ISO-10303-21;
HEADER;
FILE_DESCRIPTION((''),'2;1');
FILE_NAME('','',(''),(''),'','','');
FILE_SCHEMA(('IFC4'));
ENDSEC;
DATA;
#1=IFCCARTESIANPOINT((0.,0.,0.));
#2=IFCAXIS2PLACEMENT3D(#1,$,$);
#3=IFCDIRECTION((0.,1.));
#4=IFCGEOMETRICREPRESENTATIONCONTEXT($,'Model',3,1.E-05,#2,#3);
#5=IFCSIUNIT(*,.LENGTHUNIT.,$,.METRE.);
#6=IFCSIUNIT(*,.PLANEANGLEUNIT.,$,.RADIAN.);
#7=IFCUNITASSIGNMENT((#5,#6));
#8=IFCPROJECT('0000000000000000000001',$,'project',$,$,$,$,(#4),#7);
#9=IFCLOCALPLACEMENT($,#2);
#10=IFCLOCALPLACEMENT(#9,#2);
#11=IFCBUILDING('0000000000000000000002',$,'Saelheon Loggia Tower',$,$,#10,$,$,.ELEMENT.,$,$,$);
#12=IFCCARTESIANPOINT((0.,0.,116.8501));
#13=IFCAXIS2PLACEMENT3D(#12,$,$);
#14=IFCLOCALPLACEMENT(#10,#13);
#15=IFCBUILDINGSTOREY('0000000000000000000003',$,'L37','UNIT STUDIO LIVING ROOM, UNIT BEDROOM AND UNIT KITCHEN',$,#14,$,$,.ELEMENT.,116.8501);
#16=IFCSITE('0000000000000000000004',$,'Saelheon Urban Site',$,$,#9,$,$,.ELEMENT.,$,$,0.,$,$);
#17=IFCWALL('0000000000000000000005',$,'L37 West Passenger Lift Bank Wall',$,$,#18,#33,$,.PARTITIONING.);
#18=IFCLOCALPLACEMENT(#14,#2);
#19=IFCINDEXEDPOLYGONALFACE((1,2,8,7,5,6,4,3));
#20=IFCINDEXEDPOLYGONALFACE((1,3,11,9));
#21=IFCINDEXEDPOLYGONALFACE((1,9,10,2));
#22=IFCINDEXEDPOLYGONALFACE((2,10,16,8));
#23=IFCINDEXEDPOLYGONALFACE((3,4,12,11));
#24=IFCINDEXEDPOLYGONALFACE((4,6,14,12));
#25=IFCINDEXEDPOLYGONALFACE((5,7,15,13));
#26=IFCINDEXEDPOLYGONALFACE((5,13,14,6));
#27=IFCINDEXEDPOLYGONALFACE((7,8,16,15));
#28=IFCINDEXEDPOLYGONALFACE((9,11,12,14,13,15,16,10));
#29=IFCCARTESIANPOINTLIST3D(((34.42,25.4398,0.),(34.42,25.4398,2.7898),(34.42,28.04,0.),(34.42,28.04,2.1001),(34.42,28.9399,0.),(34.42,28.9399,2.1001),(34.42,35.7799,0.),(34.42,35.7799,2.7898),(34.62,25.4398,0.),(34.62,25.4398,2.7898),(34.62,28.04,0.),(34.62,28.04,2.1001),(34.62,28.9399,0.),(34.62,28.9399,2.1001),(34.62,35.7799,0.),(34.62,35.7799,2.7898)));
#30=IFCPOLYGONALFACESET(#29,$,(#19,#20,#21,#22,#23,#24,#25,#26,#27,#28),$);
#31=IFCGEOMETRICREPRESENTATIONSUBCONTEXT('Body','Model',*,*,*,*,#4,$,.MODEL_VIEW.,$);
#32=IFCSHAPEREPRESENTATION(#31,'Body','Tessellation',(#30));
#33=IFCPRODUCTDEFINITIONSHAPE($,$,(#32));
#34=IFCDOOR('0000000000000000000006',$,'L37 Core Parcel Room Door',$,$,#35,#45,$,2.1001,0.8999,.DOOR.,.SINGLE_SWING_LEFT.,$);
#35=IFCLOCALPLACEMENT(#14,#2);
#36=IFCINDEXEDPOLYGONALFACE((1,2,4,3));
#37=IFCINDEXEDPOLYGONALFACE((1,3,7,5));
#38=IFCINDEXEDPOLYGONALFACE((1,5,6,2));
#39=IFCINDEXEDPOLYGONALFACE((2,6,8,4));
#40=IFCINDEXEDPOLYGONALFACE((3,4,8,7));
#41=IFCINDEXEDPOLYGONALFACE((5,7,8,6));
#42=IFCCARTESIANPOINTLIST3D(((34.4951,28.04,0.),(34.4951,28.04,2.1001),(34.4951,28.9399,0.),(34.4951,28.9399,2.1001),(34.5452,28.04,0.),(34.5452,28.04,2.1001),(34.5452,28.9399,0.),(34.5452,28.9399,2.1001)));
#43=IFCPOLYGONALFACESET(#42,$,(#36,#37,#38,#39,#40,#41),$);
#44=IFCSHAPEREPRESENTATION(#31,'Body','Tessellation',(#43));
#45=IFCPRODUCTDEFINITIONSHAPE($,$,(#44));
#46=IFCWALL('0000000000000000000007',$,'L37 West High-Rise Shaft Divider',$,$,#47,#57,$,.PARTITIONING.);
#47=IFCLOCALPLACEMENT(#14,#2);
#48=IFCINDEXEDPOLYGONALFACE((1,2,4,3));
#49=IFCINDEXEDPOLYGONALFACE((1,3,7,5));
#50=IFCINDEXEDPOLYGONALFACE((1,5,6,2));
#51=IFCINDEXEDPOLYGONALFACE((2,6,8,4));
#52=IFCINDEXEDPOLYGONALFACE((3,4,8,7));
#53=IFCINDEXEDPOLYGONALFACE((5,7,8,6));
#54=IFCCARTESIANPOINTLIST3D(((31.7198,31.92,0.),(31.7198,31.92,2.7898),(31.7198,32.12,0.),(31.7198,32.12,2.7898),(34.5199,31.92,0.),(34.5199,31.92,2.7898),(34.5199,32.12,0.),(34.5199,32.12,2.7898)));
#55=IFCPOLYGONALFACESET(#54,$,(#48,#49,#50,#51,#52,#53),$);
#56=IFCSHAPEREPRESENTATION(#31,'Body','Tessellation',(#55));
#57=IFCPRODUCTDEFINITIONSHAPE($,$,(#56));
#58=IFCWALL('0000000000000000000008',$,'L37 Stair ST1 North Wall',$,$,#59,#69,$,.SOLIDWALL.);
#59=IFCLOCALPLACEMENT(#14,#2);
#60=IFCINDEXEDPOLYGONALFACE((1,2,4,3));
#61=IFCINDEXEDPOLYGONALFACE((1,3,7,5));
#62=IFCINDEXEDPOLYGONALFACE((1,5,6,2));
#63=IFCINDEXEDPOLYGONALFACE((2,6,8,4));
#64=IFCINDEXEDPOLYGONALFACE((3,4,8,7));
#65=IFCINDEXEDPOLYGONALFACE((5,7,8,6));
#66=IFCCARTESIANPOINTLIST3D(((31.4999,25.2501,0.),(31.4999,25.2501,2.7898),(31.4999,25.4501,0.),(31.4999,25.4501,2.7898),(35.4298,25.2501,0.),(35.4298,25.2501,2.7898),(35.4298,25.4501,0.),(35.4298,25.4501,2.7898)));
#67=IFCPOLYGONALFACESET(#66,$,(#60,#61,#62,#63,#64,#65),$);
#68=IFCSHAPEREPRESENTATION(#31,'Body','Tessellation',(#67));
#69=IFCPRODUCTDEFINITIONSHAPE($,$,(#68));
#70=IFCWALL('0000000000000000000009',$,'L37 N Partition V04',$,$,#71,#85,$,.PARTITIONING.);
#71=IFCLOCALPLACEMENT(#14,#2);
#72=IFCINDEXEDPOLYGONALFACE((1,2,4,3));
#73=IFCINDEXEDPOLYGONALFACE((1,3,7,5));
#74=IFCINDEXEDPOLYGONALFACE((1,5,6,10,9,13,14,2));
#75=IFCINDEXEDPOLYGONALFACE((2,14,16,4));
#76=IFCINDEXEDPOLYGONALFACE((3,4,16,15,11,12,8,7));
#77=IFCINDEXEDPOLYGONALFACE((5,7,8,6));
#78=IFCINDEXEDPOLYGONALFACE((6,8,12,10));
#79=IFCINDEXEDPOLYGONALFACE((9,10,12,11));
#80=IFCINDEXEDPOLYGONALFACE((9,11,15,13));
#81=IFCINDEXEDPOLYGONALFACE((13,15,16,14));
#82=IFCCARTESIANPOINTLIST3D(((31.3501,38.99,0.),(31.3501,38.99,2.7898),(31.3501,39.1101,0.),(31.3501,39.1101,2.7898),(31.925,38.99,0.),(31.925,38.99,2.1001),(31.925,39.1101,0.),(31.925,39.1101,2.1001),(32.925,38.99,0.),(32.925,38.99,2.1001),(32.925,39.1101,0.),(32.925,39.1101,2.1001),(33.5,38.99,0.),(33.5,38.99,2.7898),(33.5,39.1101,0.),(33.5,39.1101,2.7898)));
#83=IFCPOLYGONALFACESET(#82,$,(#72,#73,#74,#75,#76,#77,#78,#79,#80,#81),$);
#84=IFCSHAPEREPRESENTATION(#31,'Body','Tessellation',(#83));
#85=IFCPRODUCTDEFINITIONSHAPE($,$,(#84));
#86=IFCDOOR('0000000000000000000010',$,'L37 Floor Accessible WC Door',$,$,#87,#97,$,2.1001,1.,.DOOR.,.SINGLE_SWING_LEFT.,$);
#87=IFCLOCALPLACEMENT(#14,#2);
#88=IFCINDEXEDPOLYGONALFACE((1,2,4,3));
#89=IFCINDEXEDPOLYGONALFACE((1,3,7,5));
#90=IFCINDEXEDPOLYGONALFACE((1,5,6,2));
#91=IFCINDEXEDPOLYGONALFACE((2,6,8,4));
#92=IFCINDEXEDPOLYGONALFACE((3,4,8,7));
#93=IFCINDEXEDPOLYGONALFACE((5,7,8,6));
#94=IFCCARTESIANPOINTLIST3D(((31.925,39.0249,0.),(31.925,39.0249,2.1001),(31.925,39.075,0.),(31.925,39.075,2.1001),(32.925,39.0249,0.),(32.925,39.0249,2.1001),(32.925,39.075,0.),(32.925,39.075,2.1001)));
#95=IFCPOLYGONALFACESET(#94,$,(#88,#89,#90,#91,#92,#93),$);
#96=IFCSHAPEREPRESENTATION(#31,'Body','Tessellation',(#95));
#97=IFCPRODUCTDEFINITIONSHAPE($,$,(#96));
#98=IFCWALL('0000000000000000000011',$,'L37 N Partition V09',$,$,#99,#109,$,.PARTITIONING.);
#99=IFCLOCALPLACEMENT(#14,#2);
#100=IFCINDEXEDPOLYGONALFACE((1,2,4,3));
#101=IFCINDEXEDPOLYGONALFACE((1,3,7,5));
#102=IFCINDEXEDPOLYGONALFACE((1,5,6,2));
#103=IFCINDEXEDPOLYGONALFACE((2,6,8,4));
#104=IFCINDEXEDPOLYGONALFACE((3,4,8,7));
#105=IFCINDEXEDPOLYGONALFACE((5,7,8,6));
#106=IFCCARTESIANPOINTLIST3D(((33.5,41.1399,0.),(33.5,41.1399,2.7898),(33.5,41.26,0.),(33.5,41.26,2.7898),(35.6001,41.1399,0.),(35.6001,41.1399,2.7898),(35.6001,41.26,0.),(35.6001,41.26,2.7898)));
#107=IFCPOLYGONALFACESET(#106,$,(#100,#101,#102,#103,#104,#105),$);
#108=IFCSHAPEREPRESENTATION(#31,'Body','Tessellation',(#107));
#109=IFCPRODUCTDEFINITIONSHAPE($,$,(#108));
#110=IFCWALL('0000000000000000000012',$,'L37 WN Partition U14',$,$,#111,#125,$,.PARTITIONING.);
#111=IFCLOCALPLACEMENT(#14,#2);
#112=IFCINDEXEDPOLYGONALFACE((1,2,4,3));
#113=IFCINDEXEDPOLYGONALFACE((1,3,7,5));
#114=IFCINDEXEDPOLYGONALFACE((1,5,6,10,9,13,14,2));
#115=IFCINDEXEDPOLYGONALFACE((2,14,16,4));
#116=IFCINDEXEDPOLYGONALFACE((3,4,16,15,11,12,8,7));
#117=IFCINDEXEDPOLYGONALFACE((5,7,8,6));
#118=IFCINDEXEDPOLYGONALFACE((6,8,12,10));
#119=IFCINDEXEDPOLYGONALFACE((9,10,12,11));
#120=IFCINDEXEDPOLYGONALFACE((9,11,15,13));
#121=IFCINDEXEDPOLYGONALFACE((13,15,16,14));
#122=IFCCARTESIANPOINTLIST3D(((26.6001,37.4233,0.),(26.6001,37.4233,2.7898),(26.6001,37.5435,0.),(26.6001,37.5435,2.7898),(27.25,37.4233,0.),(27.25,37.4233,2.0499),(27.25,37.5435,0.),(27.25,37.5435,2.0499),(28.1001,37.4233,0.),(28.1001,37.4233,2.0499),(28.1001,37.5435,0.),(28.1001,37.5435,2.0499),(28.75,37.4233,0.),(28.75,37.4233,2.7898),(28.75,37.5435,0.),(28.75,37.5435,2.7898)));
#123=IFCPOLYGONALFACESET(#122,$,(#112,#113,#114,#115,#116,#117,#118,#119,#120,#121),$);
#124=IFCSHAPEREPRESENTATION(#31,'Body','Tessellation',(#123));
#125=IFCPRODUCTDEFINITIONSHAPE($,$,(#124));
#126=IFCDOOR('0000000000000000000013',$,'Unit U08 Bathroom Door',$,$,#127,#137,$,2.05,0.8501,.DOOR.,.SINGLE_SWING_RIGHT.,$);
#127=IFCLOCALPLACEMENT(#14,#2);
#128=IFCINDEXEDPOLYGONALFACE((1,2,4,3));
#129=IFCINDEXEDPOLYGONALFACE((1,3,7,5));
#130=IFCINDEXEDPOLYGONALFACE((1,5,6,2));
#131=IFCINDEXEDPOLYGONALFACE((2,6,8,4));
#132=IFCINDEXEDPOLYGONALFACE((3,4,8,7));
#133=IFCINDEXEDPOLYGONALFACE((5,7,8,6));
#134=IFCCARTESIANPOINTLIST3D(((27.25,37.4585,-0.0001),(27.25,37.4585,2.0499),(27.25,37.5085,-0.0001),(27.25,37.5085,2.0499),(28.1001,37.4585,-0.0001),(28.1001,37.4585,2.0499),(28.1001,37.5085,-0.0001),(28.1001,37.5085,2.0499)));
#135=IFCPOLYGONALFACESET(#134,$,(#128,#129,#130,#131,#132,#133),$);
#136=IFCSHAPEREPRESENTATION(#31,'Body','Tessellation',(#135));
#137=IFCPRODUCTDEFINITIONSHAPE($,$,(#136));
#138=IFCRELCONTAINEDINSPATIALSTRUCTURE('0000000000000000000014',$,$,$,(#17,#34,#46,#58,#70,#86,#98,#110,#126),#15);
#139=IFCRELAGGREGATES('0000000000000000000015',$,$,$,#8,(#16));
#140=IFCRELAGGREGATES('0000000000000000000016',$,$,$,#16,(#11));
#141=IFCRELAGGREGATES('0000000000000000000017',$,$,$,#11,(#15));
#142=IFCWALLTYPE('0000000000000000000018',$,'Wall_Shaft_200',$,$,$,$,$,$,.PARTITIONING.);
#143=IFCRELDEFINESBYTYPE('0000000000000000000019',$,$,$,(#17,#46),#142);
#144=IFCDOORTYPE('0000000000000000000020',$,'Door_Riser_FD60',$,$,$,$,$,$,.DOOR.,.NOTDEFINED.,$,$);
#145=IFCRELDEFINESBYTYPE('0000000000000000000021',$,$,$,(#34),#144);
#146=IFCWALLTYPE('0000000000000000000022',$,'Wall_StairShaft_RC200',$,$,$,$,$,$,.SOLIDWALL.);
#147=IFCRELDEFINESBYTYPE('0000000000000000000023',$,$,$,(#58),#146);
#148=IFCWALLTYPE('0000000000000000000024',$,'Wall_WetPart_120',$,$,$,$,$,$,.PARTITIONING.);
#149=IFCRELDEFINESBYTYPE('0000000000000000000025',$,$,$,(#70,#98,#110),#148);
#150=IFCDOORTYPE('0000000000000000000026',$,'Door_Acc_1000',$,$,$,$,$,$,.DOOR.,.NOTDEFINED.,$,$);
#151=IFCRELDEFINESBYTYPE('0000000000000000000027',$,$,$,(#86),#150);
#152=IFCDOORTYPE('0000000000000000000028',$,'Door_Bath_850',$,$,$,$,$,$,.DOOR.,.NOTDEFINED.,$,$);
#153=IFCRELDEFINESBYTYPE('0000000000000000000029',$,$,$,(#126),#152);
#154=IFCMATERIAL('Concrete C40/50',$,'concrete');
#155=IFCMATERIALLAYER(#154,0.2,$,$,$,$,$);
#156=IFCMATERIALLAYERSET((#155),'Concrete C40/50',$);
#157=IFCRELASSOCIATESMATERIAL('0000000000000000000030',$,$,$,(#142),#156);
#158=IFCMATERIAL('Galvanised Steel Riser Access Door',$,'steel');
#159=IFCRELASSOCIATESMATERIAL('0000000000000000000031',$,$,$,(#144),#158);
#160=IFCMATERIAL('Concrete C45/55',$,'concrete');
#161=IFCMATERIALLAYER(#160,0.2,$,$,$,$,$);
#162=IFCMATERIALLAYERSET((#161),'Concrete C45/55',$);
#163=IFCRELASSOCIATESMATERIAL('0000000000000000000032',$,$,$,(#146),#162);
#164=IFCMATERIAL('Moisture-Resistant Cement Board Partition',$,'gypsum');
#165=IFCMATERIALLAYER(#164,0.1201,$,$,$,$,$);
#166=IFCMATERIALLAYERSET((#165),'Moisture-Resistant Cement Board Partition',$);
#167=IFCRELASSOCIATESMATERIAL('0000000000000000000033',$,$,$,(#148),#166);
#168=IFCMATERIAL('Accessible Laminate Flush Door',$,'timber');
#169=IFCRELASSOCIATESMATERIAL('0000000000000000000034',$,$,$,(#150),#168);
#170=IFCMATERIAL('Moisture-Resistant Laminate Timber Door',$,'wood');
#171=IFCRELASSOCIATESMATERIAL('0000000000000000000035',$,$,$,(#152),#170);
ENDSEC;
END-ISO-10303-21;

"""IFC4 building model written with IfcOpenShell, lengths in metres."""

from ifc_helpers import new_model, si_unit, direction, frame, frame_2d, origin, place, context, subcontext, project, spatial, rectangle, extrude, source, transform, mapped, material, layer, layer_set, type_object, element, fill, save


model = new_model("IFC4")

# Units and contexts
model_context = context("Model", 3, precision=1e-05, world=origin(), true_north=direction((0.0, 1.0)))
body_context = subcontext(model_context, "Body", "Model", "MODEL_VIEW")
ifc_project = project(units=[si_unit("LENGTHUNIT", "METRE"), si_unit("PLANEANGLEUNIT", "RADIAN")], contexts=[model_context])

# Site, building, storey
site_placement = place(None, origin())
site = spatial("IfcSite", under=ifc_project, at=site_placement, Name="Saelheon Urban Site", CompositionType="ELEMENT", RefElevation=0.0)
building_placement = place(site_placement, origin())
building = spatial("IfcBuilding", under=site, at=building_placement, Name="Saelheon Loggia Tower", CompositionType="ELEMENT")
storey_placement = place(building_placement, frame((0.0, 0.0, 116.8501)))
storey = spatial("IfcBuildingStorey", under=building, at=storey_placement, Name="L37", Description="UNIT STUDIO LIVING ROOM, UNIT BEDROOM AND UNIT KITCHEN", CompositionType="ELEMENT", Elevation=116.8501)

# Shared definitions
ifc_material_1 = material(Name="Concrete C40/50", Category="concrete")

# Wall, opening, door
ifc_layer_1 = layer(ifc_material_1, 0.2)
ifc_layer_set_1 = layer_set([ifc_layer_1], Name="Concrete C40/50")
wall_type_1 = type_object("IfcWallType", Name="Wall_Shaft_200", PredefinedType="PARTITIONING", material=ifc_layer_set_1)
wall_1_placement = place(storey_placement, frame((34.52, 25.4399, 0.0), z_axis=(0.0, 0.0, 1.0), x_axis=(0.0, 1.0, 0.0)))
wall_1 = element("IfcWall", 1, at=wall_1_placement, inside=storey, type_object=wall_type_1, Name="L37 West Passenger Lift Bank Wall", PredefinedType="PARTITIONING", context=body_context, shape_type="SweptSolid", body=[
    extrude(rectangle(XDim=10.3401, YDim=0.2, at=frame_2d((5.1699, 0.0))), origin(), (0.0, 0.0, 1.0), 2.7898),
])
opening_1_placement = place(wall_1_placement, frame((2.6001, 0.0, 0.0)))
opening_1 = element("IfcOpeningElement", 2, at=opening_1_placement, cuts=wall_1, PredefinedType="OPENING", context=body_context, shape_type="SweptSolid", body=[
    extrude(rectangle(XDim=0.8999, YDim=2.1001, at=frame_2d((0.45, 1.05))), frame((0.0, 0.1121, 0.0), z_axis=(0.0, -1.0, 0.0), x_axis=(1.0, 0.0, 0.0)), (0.0, 0.0, 1.0), 0.2239),
])
ifc_material_2 = material(Name="Galvanised Steel Riser Access Door", Category="steel")
door_type_1 = type_object("IfcDoorType", Name="Door_Riser_FD60", OperationType="NOTDEFINED", PredefinedType="DOOR", material=ifc_material_2)
shared_shape_1 = source(origin(), body_context, "Body", "SweptSolid", [
    extrude(rectangle(XDim=0.8999, YDim=2.1001, at=frame_2d((0.45, 1.05))), frame((0.0, 0.0249, 0.0), z_axis=(0.0, -1.0, 0.0), x_axis=(1.0, 0.0, 0.0)), (0.0, 0.0, 1.0), 0.05),
])
door_1_placement = place(opening_1_placement, origin())
door_1 = element("IfcDoor", 3, at=door_1_placement, inside=storey, type_object=door_type_1, Name="L37 Core Parcel Room Door", OperationType="SINGLE_SWING_LEFT", OverallHeight=2.1001, OverallWidth=0.8999, PredefinedType="DOOR", context=body_context, shape_type="MappedRepresentation", body=[
    mapped(shared_shape_1, transform((0.0, 0.0, 0.0), scale=1.0)),
])
fill(opening_1, door_1)

# Walls
wall_2_placement = place(storey_placement, frame((31.72, 32.02, 0.0), z_axis=(0.0, 0.0, 1.0), x_axis=(1.0, 0.0, 0.0)))
element("IfcWall", 4, at=wall_2_placement, inside=storey, type_object=wall_type_1, Name="L37 West High-Rise Shaft Divider", PredefinedType="PARTITIONING", context=body_context, shape_type="SweptSolid", body=[
    extrude(rectangle(XDim=2.8, YDim=0.2, at=frame_2d((1.3999, 0.0))), origin(), (0.0, 0.0, 1.0), 2.7898),
])
ifc_material_3 = material(Name="Concrete C45/55", Category="concrete")
ifc_layer_2 = layer(ifc_material_3, 0.2)
ifc_layer_set_2 = layer_set([ifc_layer_2], Name="Concrete C45/55")
wall_type_2 = type_object("IfcWallType", Name="Wall_StairShaft_RC200", PredefinedType="SOLIDWALL", material=ifc_layer_set_2)
wall_3_placement = place(storey_placement, frame((31.5, 25.3501, 0.0), z_axis=(0.0, 0.0, 1.0), x_axis=(1.0, 0.0, 0.0)))
element("IfcWall", 5, at=wall_3_placement, inside=storey, type_object=wall_type_2, Name="L37 Stair ST1 North Wall", PredefinedType="SOLIDWALL", context=body_context, shape_type="SweptSolid", body=[
    extrude(rectangle(XDim=3.9299, YDim=0.2, at=frame_2d((1.9648, 0.0))), origin(), (0.0, 0.0, 1.0), 2.7898),
])

# Wall, opening, door
ifc_material_4 = material(Name="Moisture-Resistant Cement Board Partition", Category="gypsum")
ifc_layer_3 = layer(ifc_material_4, 0.1201)
ifc_layer_set_3 = layer_set([ifc_layer_3], Name="Moisture-Resistant Cement Board Partition")
wall_type_3 = type_object("IfcWallType", Name="Wall_WetPart_120", PredefinedType="PARTITIONING", material=ifc_layer_set_3)
wall_4_placement = place(storey_placement, frame((31.3501, 39.05, 0.0), z_axis=(0.0, 0.0, 1.0), x_axis=(1.0, 0.0, 0.0)))
wall_4 = element("IfcWall", 6, at=wall_4_placement, inside=storey, type_object=wall_type_3, Name="L37 N Partition V04", PredefinedType="PARTITIONING", context=body_context, shape_type="SweptSolid", body=[
    extrude(rectangle(XDim=2.1499, YDim=0.1201, at=frame_2d((1.075, 0.0))), origin(), (0.0, 0.0, 1.0), 2.7898),
])
opening_2_placement = place(wall_4_placement, frame((0.575, 0.0, 0.0)))
opening_2 = element("IfcOpeningElement", 7, at=opening_2_placement, cuts=wall_4, PredefinedType="OPENING", context=body_context, shape_type="SweptSolid", body=[
    extrude(rectangle(XDim=1.0, YDim=2.1001, at=frame_2d((0.5, 1.05))), frame((0.0, 0.072, 0.0), z_axis=(0.0, -1.0, 0.0), x_axis=(1.0, 0.0, 0.0)), (0.0, 0.0, 1.0), 0.144),
])
ifc_material_5 = material(Name="Accessible Laminate Flush Door", Category="timber")
door_type_2 = type_object("IfcDoorType", Name="Door_Acc_1000", OperationType="NOTDEFINED", PredefinedType="DOOR", material=ifc_material_5)
shared_shape_2 = source(origin(), body_context, "Body", "SweptSolid", [
    extrude(rectangle(XDim=1.0, YDim=2.1001, at=frame_2d((0.5, 1.05))), frame((0.0, 0.0249, 0.0), z_axis=(0.0, -1.0, 0.0), x_axis=(1.0, 0.0, 0.0)), (0.0, 0.0, 1.0), 0.05),
])
door_2_placement = place(opening_2_placement, origin())
door_2 = element("IfcDoor", 8, at=door_2_placement, inside=storey, type_object=door_type_2, Name="L37 Floor Accessible WC Door", OperationType="SINGLE_SWING_LEFT", OverallHeight=2.1001, OverallWidth=1.0, PredefinedType="DOOR", context=body_context, shape_type="MappedRepresentation", body=[
    mapped(shared_shape_2, transform((0.0, 0.0, 0.0), scale=1.0)),
])
fill(opening_2, door_2)

# Wall
wall_5_placement = place(storey_placement, frame((33.5, 41.2, 0.0), z_axis=(0.0, 0.0, 1.0), x_axis=(1.0, 0.0, 0.0)))
element("IfcWall", 9, at=wall_5_placement, inside=storey, type_object=wall_type_3, Name="L37 N Partition V09", PredefinedType="PARTITIONING", context=body_context, shape_type="SweptSolid", body=[
    extrude(rectangle(XDim=2.1001, YDim=0.1201, at=frame_2d((1.05, 0.0))), origin(), (0.0, 0.0, 1.0), 2.7898),
])

# Wall, opening, door
wall_6_placement = place(storey_placement, frame((28.75, 37.4834, 0.0), z_axis=(0.0, 0.0, 1.0), x_axis=(-1.0, 0.0, 0.0)))
wall_6 = element("IfcWall", 10, at=wall_6_placement, inside=storey, type_object=wall_type_3, Name="L37 WN Partition U14", PredefinedType="PARTITIONING", context=body_context, shape_type="SweptSolid", body=[
    extrude(rectangle(XDim=2.1499, YDim=0.1201, at=frame_2d((1.075, 0.0))), origin(), (0.0, 0.0, 1.0), 2.7898),
])
opening_3_placement = place(wall_6_placement, frame((0.6499, 0.0, 0.0)))
opening_3 = element("IfcOpeningElement", 11, at=opening_3_placement, cuts=wall_6, PredefinedType="OPENING", context=body_context, shape_type="SweptSolid", body=[
    extrude(rectangle(XDim=0.8501, YDim=2.05, at=frame_2d((0.425, 1.0249))), frame((0.0, 0.072, 0.0), z_axis=(0.0, -1.0, 0.0), x_axis=(1.0, 0.0, 0.0)), (0.0, 0.0, 1.0), 0.144),
])
ifc_material_6 = material(Name="Moisture-Resistant Laminate Timber Door", Category="wood")
door_type_3 = type_object("IfcDoorType", Name="Door_Bath_850", OperationType="NOTDEFINED", PredefinedType="DOOR", material=ifc_material_6)
shared_shape_3 = source(origin(), body_context, "Body", "SweptSolid", [
    extrude(rectangle(XDim=0.8501, YDim=2.05, at=frame_2d((0.425, 1.0249))), frame((0.0, 0.0249, 0.0), z_axis=(0.0, -1.0, 0.0), x_axis=(1.0, 0.0, 0.0)), (0.0, 0.0, 1.0), 0.05),
])
door_3_placement = place(opening_3_placement, origin())
door_3 = element("IfcDoor", 12, at=door_3_placement, inside=storey, type_object=door_type_3, Name="Unit U08 Bathroom Door", OperationType="SINGLE_SWING_RIGHT", OverallHeight=2.05, OverallWidth=0.8501, PredefinedType="DOOR", context=body_context, shape_type="MappedRepresentation", body=[
    mapped(shared_shape_3, transform((0.0, 0.0, 0.0), scale=1.0)),
])
fill(opening_3, door_3)

save(model, "model.ifc")
